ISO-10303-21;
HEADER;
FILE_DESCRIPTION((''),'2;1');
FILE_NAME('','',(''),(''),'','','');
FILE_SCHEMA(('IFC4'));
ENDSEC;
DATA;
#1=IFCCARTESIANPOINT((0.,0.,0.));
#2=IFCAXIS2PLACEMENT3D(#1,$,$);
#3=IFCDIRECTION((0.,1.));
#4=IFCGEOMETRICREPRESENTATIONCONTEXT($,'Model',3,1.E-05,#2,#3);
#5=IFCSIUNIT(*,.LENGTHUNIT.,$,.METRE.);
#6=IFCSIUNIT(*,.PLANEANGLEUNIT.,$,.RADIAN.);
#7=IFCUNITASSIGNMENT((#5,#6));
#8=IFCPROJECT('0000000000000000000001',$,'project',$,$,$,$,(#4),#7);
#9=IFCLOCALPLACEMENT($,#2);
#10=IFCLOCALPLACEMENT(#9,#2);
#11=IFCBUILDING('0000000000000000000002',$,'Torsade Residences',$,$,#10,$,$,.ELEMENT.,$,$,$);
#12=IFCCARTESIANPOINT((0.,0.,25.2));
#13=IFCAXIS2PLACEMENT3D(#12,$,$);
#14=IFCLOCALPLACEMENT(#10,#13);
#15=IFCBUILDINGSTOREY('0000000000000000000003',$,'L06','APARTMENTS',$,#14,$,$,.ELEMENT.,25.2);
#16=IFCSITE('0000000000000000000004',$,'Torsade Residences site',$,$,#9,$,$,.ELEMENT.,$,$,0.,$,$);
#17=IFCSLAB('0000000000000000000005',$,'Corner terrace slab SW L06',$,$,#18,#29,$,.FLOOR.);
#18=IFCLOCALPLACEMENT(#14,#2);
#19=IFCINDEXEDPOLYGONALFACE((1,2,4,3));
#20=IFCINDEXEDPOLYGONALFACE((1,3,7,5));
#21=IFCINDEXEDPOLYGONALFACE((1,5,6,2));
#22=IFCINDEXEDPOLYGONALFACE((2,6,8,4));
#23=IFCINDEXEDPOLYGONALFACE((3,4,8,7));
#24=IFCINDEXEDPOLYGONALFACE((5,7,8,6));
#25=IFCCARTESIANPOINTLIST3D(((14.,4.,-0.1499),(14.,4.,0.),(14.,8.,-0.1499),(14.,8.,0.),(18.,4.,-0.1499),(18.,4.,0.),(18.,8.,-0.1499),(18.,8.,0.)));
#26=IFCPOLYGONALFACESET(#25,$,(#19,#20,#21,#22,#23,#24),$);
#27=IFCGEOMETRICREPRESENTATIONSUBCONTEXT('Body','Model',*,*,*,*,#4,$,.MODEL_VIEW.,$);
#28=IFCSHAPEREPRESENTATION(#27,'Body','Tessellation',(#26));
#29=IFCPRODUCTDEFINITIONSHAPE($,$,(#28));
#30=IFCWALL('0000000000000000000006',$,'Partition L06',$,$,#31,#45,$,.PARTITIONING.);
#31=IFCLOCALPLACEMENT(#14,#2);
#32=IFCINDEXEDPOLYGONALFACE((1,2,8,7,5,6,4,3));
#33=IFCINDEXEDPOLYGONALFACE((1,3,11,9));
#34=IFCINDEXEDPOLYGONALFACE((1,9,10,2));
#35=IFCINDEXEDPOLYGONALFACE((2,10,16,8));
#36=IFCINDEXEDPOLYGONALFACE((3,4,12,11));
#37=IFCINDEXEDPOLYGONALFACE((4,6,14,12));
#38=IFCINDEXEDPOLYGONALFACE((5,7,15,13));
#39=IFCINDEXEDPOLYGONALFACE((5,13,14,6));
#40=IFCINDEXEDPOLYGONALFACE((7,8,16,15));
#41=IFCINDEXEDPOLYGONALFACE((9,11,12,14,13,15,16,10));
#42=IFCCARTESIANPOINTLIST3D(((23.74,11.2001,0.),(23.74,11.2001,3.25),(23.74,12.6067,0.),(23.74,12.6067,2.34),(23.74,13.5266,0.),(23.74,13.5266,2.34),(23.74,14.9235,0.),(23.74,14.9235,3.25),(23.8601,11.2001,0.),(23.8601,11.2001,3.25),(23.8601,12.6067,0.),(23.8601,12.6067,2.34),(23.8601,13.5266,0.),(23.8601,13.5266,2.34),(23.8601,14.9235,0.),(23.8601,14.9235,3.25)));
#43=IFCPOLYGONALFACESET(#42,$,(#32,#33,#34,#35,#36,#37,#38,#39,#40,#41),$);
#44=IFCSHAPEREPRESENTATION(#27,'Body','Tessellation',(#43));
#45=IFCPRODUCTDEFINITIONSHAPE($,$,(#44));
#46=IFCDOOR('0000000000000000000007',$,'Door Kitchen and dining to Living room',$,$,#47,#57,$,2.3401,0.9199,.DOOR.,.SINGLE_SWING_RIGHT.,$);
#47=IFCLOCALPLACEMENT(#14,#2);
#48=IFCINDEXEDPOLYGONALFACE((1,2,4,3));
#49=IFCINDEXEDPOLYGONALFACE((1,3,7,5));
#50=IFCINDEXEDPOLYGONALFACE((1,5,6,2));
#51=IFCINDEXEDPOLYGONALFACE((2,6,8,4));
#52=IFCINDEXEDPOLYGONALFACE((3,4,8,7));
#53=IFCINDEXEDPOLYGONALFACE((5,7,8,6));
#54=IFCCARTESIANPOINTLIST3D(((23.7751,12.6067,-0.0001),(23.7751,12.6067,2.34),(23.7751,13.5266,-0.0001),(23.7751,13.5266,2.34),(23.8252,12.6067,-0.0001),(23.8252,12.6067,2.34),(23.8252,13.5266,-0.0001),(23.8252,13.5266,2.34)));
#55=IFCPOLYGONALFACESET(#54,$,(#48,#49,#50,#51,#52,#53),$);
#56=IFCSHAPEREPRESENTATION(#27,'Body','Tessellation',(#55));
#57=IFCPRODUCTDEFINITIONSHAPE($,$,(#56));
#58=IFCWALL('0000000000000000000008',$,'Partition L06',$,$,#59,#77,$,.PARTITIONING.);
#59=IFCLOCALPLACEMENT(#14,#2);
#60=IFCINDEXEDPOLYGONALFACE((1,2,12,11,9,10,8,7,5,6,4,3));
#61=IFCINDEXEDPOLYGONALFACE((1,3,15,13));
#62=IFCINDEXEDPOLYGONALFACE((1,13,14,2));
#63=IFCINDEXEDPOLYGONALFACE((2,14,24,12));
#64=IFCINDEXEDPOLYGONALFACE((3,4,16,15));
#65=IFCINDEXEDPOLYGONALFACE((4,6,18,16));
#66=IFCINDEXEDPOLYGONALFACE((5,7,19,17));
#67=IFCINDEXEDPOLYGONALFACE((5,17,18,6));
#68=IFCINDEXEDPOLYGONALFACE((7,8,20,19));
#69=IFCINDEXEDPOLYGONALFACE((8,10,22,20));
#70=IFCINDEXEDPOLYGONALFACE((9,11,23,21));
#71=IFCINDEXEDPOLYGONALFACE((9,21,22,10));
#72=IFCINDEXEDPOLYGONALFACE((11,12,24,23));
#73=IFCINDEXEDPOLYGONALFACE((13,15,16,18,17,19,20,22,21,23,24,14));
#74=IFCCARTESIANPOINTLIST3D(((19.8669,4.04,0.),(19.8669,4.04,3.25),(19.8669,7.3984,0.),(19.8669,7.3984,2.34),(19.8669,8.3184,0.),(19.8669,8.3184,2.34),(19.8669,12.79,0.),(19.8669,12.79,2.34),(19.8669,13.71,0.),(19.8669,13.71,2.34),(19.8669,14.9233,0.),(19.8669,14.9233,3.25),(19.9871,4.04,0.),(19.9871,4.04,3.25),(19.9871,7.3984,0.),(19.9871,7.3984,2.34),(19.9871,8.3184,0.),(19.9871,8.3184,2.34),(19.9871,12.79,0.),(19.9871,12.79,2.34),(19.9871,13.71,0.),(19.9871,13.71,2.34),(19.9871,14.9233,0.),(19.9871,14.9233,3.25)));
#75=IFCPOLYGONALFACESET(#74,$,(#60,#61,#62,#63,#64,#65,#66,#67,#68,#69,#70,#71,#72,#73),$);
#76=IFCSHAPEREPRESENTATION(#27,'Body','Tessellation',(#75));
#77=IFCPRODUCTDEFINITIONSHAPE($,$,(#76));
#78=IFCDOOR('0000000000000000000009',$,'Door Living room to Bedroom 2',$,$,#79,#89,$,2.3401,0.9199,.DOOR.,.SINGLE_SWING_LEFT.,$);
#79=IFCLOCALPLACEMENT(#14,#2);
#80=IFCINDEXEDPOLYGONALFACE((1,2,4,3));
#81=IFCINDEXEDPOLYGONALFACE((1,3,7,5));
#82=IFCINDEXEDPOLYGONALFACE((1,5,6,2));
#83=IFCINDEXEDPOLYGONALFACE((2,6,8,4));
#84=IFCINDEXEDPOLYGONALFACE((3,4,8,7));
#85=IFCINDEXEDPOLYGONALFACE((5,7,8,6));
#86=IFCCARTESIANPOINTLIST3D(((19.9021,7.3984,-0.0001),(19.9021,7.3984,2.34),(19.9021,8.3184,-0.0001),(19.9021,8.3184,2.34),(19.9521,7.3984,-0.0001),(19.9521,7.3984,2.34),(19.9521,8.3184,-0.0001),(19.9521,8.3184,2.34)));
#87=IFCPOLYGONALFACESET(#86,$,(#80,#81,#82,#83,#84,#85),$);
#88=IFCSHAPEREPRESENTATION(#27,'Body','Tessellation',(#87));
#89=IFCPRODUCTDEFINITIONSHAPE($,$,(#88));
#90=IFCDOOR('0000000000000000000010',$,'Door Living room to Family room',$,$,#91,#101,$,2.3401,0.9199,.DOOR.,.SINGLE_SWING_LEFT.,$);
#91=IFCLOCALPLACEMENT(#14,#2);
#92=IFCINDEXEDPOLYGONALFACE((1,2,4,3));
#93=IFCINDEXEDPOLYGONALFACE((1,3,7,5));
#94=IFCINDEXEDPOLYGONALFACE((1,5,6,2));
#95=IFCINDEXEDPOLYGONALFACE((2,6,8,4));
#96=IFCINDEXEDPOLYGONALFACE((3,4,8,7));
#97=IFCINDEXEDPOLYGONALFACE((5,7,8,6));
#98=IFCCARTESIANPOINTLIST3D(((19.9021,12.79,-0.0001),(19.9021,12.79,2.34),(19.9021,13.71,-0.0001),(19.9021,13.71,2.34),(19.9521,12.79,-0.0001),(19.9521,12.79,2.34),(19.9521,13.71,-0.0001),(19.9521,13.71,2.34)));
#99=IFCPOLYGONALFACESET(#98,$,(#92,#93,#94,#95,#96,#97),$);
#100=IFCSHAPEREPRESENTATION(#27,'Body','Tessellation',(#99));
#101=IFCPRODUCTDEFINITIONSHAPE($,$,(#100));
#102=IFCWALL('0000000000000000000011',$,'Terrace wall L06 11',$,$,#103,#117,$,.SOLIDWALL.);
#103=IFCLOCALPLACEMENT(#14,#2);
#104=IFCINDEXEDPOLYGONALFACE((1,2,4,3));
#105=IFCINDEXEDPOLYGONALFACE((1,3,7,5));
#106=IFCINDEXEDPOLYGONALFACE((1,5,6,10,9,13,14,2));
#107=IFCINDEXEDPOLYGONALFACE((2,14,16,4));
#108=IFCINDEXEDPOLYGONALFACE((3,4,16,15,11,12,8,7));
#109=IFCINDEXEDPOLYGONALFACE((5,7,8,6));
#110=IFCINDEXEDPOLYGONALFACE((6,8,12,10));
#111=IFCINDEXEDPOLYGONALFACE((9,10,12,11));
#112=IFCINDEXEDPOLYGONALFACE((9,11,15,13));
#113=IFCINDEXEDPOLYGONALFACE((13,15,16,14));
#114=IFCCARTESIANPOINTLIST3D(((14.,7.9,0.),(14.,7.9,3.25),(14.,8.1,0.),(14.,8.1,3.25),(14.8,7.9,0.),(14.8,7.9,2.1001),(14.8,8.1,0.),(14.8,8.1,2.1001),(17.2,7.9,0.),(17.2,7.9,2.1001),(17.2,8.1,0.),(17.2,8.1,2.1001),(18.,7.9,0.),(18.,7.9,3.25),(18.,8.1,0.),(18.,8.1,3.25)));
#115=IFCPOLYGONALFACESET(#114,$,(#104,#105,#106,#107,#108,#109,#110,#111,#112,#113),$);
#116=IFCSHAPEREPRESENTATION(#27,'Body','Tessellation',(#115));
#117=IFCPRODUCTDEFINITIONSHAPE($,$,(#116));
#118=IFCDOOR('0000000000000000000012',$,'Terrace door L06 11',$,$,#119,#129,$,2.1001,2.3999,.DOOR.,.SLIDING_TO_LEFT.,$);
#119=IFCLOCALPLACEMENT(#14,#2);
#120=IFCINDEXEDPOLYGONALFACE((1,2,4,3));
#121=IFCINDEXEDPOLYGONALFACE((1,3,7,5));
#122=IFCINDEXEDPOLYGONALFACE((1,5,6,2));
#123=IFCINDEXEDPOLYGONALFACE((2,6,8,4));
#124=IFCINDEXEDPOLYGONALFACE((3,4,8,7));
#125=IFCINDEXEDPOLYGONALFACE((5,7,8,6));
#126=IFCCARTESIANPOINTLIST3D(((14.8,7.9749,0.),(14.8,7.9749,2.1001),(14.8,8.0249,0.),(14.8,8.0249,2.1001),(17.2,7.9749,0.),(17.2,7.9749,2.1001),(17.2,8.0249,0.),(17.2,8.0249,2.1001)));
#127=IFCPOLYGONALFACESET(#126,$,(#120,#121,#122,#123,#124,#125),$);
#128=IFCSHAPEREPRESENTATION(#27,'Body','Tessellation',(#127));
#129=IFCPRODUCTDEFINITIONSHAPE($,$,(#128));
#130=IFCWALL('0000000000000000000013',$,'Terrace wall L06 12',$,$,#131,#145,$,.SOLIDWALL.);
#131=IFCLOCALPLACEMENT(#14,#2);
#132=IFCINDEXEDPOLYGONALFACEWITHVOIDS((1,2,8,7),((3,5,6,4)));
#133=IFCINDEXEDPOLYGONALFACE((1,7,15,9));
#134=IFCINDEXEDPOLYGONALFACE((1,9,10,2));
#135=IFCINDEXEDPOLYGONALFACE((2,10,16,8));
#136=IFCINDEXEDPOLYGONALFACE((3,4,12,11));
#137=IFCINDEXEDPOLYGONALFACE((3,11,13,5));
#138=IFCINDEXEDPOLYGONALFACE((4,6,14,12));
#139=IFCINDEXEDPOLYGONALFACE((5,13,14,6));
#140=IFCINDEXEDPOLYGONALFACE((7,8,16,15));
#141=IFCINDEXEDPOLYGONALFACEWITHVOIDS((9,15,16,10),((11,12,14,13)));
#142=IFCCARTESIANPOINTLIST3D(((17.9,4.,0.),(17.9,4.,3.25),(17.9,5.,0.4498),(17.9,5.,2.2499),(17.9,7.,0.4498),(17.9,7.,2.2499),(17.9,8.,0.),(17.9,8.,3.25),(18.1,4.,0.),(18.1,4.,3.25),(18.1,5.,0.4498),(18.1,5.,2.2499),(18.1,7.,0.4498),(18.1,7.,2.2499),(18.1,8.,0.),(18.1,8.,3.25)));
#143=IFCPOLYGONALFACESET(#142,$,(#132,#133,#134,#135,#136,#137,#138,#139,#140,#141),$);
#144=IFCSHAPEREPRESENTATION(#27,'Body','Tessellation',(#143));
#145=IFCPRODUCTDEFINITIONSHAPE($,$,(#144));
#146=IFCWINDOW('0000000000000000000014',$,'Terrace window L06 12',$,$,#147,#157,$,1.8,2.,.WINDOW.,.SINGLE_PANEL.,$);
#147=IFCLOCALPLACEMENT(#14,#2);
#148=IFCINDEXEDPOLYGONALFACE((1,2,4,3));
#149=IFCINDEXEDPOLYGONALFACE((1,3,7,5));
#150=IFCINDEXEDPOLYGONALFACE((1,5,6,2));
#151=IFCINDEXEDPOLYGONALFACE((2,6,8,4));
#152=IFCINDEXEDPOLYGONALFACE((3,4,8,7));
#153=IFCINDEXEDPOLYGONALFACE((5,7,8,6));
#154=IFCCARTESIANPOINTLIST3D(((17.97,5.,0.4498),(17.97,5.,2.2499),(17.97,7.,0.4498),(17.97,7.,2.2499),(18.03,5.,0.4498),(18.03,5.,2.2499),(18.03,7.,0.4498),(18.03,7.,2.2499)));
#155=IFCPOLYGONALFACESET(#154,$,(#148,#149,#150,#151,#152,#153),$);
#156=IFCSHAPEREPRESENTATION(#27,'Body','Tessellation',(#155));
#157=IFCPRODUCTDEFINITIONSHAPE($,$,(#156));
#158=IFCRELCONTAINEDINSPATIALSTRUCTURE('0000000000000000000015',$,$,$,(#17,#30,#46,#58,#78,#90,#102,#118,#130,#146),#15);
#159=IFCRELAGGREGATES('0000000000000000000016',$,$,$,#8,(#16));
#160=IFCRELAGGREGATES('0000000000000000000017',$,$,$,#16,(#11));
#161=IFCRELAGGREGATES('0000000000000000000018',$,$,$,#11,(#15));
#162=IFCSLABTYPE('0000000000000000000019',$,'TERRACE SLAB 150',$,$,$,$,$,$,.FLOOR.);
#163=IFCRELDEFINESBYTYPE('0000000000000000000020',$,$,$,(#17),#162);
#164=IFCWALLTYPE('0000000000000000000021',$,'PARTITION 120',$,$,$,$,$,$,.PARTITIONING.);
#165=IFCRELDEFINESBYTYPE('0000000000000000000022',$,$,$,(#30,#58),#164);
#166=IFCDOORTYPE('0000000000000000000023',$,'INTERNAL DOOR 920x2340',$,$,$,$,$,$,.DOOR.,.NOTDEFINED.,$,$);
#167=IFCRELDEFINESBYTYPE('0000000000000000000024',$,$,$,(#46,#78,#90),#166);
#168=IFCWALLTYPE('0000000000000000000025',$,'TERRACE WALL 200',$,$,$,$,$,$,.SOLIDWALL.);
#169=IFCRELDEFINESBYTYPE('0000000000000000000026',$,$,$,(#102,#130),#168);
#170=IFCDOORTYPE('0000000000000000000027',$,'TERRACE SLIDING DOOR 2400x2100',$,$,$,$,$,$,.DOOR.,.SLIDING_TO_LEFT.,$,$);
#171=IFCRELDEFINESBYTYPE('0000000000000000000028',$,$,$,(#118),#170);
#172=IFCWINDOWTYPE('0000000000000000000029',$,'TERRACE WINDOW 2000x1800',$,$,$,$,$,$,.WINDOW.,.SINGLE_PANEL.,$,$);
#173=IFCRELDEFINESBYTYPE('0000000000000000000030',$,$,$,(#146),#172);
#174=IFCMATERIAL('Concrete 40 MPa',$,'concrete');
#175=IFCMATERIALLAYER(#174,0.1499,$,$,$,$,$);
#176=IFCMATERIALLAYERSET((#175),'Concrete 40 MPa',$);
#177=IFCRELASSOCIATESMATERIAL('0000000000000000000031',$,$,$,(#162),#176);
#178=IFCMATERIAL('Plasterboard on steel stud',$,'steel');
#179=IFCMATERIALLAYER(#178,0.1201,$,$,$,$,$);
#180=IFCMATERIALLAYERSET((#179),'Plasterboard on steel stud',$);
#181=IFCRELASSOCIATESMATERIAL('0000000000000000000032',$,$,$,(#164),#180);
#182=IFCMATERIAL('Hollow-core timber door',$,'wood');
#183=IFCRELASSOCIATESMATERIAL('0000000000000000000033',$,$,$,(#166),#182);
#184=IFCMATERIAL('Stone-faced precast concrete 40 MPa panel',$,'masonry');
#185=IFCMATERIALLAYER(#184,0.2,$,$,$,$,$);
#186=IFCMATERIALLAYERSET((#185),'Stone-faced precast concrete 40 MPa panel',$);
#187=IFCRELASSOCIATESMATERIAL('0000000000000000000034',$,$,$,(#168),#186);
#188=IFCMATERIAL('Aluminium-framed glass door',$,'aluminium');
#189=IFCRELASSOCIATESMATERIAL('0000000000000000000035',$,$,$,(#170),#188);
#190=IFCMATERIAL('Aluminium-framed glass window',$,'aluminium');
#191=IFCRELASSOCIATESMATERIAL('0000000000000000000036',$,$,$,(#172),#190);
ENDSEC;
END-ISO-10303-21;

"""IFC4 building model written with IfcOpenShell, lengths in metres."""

from ifc_helpers import new_model, si_unit, direction, frame, frame_2d, origin, place, context, subcontext, project, spatial, polyline, rectangle, outline, extrude, material, layer, layer_set, type_object, element, fill, save


model = new_model("IFC4")

# Units and contexts
model_context = context("Model", 3, precision=1e-05, world=origin(), true_north=direction((0.0, 1.0)))
body_context = subcontext(model_context, "Body", "Model", "MODEL_VIEW")
ifc_project = project(units=[si_unit("LENGTHUNIT", "METRE"), si_unit("PLANEANGLEUNIT", "RADIAN")], contexts=[model_context])

# Site, building, storey
site_placement = place(None, origin())
site = spatial("IfcSite", under=ifc_project, at=site_placement, Name="Torsade Residences site", CompositionType="ELEMENT", RefElevation=0.0)
building_placement = place(site_placement, origin())
building = spatial("IfcBuilding", under=site, at=building_placement, Name="Torsade Residences", CompositionType="ELEMENT")
storey_placement = place(building_placement, frame((0.0, 0.0, 25.2)))
storey = spatial("IfcBuildingStorey", under=building, at=storey_placement, Name="L06", Description="APARTMENTS", CompositionType="ELEMENT", Elevation=25.2)

# Slab
ifc_material_1 = material(Name="Concrete 40 MPa", Category="concrete")
ifc_layer_1 = layer(ifc_material_1, 0.1499)
ifc_layer_set_1 = layer_set([ifc_layer_1], Name="Concrete 40 MPa")
slab_type_1 = type_object("IfcSlabType", Name="TERRACE SLAB 150", PredefinedType="FLOOR", material=ifc_layer_set_1)
slab_1_placement = place(storey_placement, frame((0.0, 0.0, -0.1499)))
element("IfcSlab", 1, at=slab_1_placement, inside=storey, type_object=slab_type_1, Name="Corner terrace slab SW L06", PredefinedType="FLOOR", context=body_context, shape_type="SweptSolid", body=[
    extrude(outline(polyline([(14.0, 4.0), (18.0, 4.0), (18.0, 8.0), (14.0, 8.0), (14.0, 4.0)])), origin(), (0.0, 0.0, 1.0), 0.1499),
])

# Wall, opening, door
ifc_material_2 = material(Name="Plasterboard on steel stud", Category="steel")
ifc_layer_2 = layer(ifc_material_2, 0.1201)
ifc_layer_set_2 = layer_set([ifc_layer_2], Name="Plasterboard on steel stud")
wall_type_1 = type_object("IfcWallType", Name="PARTITION 120", PredefinedType="PARTITIONING", material=ifc_layer_set_2)
wall_1_placement = place(storey_placement, frame((23.8, 11.2, 0.0), z_axis=(0.0, 0.0, 1.0), x_axis=(0.0, 1.0, 0.0)))
wall_1 = element("IfcWall", 2, at=wall_1_placement, inside=storey, type_object=wall_type_1, Name="Partition L06", PredefinedType="PARTITIONING", context=body_context, shape_type="SweptSolid", body=[
    extrude(rectangle(XDim=3.7234, YDim=0.1201, at=frame_2d((1.8618, 0.0))), origin(), (0.0, 0.0, 1.0), 3.25),
])
opening_1_placement = place(wall_1_placement, frame((1.4067, 0.0, 0.0)))
opening_1 = element("IfcOpeningElement", 3, at=opening_1_placement, cuts=wall_1, PredefinedType="OPENING", context=body_context, shape_type="SweptSolid", body=[
    extrude(rectangle(XDim=0.9199, YDim=2.3401, at=frame_2d((0.46, 1.1699))), frame((0.0, 0.0701, 0.0), z_axis=(0.0, -1.0, 0.0), x_axis=(1.0, 0.0, 0.0)), (0.0, 0.0, 1.0), 0.1401),
])
ifc_material_3 = material(Name="Hollow-core timber door", Category="wood")
door_type_1 = type_object("IfcDoorType", Name="INTERNAL DOOR 920x2340", OperationType="NOTDEFINED", PredefinedType="DOOR", material=ifc_material_3)
door_1_placement = place(opening_1_placement, origin())
door_1 = element("IfcDoor", 4, at=door_1_placement, inside=storey, type_object=door_type_1, Name="Door Kitchen and dining to Living room", OperationType="SINGLE_SWING_RIGHT", OverallHeight=2.3401, OverallWidth=0.9199, PredefinedType="DOOR", context=body_context, shape_type="SweptSolid", body=[
    extrude(rectangle(XDim=0.9199, YDim=2.3401, at=frame_2d((0.46, 1.1699))), frame((0.0, 0.0249, 0.0), z_axis=(0.0, -1.0, 0.0), x_axis=(1.0, 0.0, 0.0)), (0.0, 0.0, 1.0), 0.05),
])
fill(opening_1, door_1)

# Wall, openings, doors
wall_2_placement = place(storey_placement, frame((19.927, 4.04, 0.0), z_axis=(0.0, 0.0, 1.0), x_axis=(0.0, 1.0, 0.0)))
wall_2 = element("IfcWall", 5, at=wall_2_placement, inside=storey, type_object=wall_type_1, Name="Partition L06", PredefinedType="PARTITIONING", context=body_context, shape_type="SweptSolid", body=[
    extrude(rectangle(XDim=10.8833, YDim=0.1201, at=frame_2d((5.4417, 0.0))), origin(), (0.0, 0.0, 1.0), 3.25),
])
opening_2_placement = place(wall_2_placement, frame((3.3584, 0.0, 0.0)))
opening_2 = element("IfcOpeningElement", 6, at=opening_2_placement, cuts=wall_2, PredefinedType="OPENING", context=body_context, shape_type="SweptSolid", body=[
    extrude(rectangle(XDim=0.9199, YDim=2.3401, at=frame_2d((0.46, 1.1699))), frame((0.0, 0.0701, 0.0), z_axis=(0.0, -1.0, 0.0), x_axis=(1.0, 0.0, 0.0)), (0.0, 0.0, 1.0), 0.1401),
])
opening_3_placement = place(wall_2_placement, frame((8.75, 0.0, 0.0)))
opening_3 = element("IfcOpeningElement", 7, at=opening_3_placement, cuts=wall_2, PredefinedType="OPENING", context=body_context, shape_type="SweptSolid", body=[
    extrude(rectangle(XDim=0.9199, YDim=2.3401, at=frame_2d((0.46, 1.1699))), frame((0.0, 0.0701, 0.0), z_axis=(0.0, -1.0, 0.0), x_axis=(1.0, 0.0, 0.0)), (0.0, 0.0, 1.0), 0.1401),
])
door_2_placement = place(opening_2_placement, origin())
door_2 = element("IfcDoor", 8, at=door_2_placement, inside=storey, type_object=door_type_1, Name="Door Living room to Bedroom 2", OperationType="SINGLE_SWING_LEFT", OverallHeight=2.3401, OverallWidth=0.9199, PredefinedType="DOOR", context=body_context, shape_type="SweptSolid", body=[
    extrude(rectangle(XDim=0.9199, YDim=2.3401, at=frame_2d((0.46, 1.1699))), frame((0.0, 0.0249, 0.0), z_axis=(0.0, -1.0, 0.0), x_axis=(1.0, 0.0, 0.0)), (0.0, 0.0, 1.0), 0.05),
])
fill(opening_2, door_2)
door_3_placement = place(opening_3_placement, origin())
door_3 = element("IfcDoor", 9, at=door_3_placement, inside=storey, type_object=door_type_1, Name="Door Living room to Family room", OperationType="SINGLE_SWING_LEFT", OverallHeight=2.3401, OverallWidth=0.9199, PredefinedType="DOOR", context=body_context, shape_type="SweptSolid", body=[
    extrude(rectangle(XDim=0.9199, YDim=2.3401, at=frame_2d((0.46, 1.1699))), frame((0.0, 0.0249, 0.0), z_axis=(0.0, -1.0, 0.0), x_axis=(1.0, 0.0, 0.0)), (0.0, 0.0, 1.0), 0.05),
])
fill(opening_3, door_3)

# Wall, opening, door
ifc_material_4 = material(Name="Stone-faced precast concrete 40 MPa panel", Category="masonry")
ifc_layer_3 = layer(ifc_material_4, 0.2)
ifc_layer_set_3 = layer_set([ifc_layer_3], Name="Stone-faced precast concrete 40 MPa panel")
wall_type_2 = type_object("IfcWallType", Name="TERRACE WALL 200", PredefinedType="SOLIDWALL", material=ifc_layer_set_3)
wall_3_placement = place(storey_placement, frame((14.0, 8.0, 0.0), z_axis=(0.0, 0.0, 1.0), x_axis=(1.0, 0.0, 0.0)))
wall_3 = element("IfcWall", 10, at=wall_3_placement, inside=storey, type_object=wall_type_2, Name="Terrace wall L06 11", PredefinedType="SOLIDWALL", context=body_context, shape_type="SweptSolid", body=[
    extrude(rectangle(XDim=4.0, YDim=0.2, at=frame_2d((2.0, 0.0))), origin(), (0.0, 0.0, 1.0), 3.25),
])
opening_4_placement = place(wall_3_placement, frame((0.8, 0.0, 0.0)))
opening_4 = element("IfcOpeningElement", 11, at=opening_4_placement, cuts=wall_3, PredefinedType="OPENING", context=body_context, shape_type="SweptSolid", body=[
    extrude(rectangle(XDim=2.3999, YDim=2.1001, at=frame_2d((1.2, 1.05))), frame((0.0, 0.1099, 0.0), z_axis=(0.0, -1.0, 0.0), x_axis=(1.0, 0.0, 0.0)), (0.0, 0.0, 1.0), 0.22),
])
ifc_material_5 = material(Name="Aluminium-framed glass door", Category="aluminium")
door_type_2 = type_object("IfcDoorType", Name="TERRACE SLIDING DOOR 2400x2100", OperationType="SLIDING_TO_LEFT", PredefinedType="DOOR", material=ifc_material_5)
door_4_placement = place(opening_4_placement, origin())
door_4 = element("IfcDoor", 12, at=door_4_placement, inside=storey, type_object=door_type_2, Name="Terrace door L06 11", OperationType="SLIDING_TO_LEFT", OverallHeight=2.1001, OverallWidth=2.3999, PredefinedType="DOOR", context=body_context, shape_type="SweptSolid", body=[
    extrude(rectangle(XDim=2.3999, YDim=2.1001, at=frame_2d((1.2, 1.05))), frame((0.0, 0.0249, 0.0), z_axis=(0.0, -1.0, 0.0), x_axis=(1.0, 0.0, 0.0)), (0.0, 0.0, 1.0), 0.05),
])
fill(opening_4, door_4)

# Wall, opening, window
wall_4_placement = place(storey_placement, frame((18.0, 8.0, 0.0), z_axis=(0.0, 0.0, 1.0), x_axis=(0.0, -1.0, 0.0)))
wall_4 = element("IfcWall", 13, at=wall_4_placement, inside=storey, type_object=wall_type_2, Name="Terrace wall L06 12", PredefinedType="SOLIDWALL", context=body_context, shape_type="SweptSolid", body=[
    extrude(rectangle(XDim=4.0, YDim=0.2, at=frame_2d((2.0, 0.0))), origin(), (0.0, 0.0, 1.0), 3.25),
])
opening_5_placement = place(wall_4_placement, frame((1.0, 0.0, 0.45)))
opening_5 = element("IfcOpeningElement", 14, at=opening_5_placement, cuts=wall_4, PredefinedType="OPENING", context=body_context, shape_type="SweptSolid", body=[
    extrude(rectangle(XDim=2.0, YDim=1.8, at=frame_2d((1.0, 0.8999))), frame((0.0, 0.1099, 0.0), z_axis=(0.0, -1.0, 0.0), x_axis=(1.0, 0.0, 0.0)), (0.0, 0.0, 1.0), 0.22),
])
ifc_material_6 = material(Name="Aluminium-framed glass window", Category="aluminium")
window_type = type_object("IfcWindowType", Name="TERRACE WINDOW 2000x1800", PartitioningType="SINGLE_PANEL", PredefinedType="WINDOW", material=ifc_material_6)
window_placement = place(opening_5_placement, origin())
window = element("IfcWindow", 15, at=window_placement, inside=storey, type_object=window_type, Name="Terrace window L06 12", OverallHeight=1.8, OverallWidth=2.0, PartitioningType="SINGLE_PANEL", PredefinedType="WINDOW", context=body_context, shape_type="SweptSolid", body=[
    extrude(rectangle(XDim=2.0, YDim=1.8, at=frame_2d((1.0, 0.8999))), frame((0.0, 0.03, 0.0), z_axis=(0.0, -1.0, 0.0), x_axis=(1.0, 0.0, 0.0)), (0.0, 0.0, 1.0), 0.0601),
])
fill(opening_5, window)

save(model, "model.ifc")
